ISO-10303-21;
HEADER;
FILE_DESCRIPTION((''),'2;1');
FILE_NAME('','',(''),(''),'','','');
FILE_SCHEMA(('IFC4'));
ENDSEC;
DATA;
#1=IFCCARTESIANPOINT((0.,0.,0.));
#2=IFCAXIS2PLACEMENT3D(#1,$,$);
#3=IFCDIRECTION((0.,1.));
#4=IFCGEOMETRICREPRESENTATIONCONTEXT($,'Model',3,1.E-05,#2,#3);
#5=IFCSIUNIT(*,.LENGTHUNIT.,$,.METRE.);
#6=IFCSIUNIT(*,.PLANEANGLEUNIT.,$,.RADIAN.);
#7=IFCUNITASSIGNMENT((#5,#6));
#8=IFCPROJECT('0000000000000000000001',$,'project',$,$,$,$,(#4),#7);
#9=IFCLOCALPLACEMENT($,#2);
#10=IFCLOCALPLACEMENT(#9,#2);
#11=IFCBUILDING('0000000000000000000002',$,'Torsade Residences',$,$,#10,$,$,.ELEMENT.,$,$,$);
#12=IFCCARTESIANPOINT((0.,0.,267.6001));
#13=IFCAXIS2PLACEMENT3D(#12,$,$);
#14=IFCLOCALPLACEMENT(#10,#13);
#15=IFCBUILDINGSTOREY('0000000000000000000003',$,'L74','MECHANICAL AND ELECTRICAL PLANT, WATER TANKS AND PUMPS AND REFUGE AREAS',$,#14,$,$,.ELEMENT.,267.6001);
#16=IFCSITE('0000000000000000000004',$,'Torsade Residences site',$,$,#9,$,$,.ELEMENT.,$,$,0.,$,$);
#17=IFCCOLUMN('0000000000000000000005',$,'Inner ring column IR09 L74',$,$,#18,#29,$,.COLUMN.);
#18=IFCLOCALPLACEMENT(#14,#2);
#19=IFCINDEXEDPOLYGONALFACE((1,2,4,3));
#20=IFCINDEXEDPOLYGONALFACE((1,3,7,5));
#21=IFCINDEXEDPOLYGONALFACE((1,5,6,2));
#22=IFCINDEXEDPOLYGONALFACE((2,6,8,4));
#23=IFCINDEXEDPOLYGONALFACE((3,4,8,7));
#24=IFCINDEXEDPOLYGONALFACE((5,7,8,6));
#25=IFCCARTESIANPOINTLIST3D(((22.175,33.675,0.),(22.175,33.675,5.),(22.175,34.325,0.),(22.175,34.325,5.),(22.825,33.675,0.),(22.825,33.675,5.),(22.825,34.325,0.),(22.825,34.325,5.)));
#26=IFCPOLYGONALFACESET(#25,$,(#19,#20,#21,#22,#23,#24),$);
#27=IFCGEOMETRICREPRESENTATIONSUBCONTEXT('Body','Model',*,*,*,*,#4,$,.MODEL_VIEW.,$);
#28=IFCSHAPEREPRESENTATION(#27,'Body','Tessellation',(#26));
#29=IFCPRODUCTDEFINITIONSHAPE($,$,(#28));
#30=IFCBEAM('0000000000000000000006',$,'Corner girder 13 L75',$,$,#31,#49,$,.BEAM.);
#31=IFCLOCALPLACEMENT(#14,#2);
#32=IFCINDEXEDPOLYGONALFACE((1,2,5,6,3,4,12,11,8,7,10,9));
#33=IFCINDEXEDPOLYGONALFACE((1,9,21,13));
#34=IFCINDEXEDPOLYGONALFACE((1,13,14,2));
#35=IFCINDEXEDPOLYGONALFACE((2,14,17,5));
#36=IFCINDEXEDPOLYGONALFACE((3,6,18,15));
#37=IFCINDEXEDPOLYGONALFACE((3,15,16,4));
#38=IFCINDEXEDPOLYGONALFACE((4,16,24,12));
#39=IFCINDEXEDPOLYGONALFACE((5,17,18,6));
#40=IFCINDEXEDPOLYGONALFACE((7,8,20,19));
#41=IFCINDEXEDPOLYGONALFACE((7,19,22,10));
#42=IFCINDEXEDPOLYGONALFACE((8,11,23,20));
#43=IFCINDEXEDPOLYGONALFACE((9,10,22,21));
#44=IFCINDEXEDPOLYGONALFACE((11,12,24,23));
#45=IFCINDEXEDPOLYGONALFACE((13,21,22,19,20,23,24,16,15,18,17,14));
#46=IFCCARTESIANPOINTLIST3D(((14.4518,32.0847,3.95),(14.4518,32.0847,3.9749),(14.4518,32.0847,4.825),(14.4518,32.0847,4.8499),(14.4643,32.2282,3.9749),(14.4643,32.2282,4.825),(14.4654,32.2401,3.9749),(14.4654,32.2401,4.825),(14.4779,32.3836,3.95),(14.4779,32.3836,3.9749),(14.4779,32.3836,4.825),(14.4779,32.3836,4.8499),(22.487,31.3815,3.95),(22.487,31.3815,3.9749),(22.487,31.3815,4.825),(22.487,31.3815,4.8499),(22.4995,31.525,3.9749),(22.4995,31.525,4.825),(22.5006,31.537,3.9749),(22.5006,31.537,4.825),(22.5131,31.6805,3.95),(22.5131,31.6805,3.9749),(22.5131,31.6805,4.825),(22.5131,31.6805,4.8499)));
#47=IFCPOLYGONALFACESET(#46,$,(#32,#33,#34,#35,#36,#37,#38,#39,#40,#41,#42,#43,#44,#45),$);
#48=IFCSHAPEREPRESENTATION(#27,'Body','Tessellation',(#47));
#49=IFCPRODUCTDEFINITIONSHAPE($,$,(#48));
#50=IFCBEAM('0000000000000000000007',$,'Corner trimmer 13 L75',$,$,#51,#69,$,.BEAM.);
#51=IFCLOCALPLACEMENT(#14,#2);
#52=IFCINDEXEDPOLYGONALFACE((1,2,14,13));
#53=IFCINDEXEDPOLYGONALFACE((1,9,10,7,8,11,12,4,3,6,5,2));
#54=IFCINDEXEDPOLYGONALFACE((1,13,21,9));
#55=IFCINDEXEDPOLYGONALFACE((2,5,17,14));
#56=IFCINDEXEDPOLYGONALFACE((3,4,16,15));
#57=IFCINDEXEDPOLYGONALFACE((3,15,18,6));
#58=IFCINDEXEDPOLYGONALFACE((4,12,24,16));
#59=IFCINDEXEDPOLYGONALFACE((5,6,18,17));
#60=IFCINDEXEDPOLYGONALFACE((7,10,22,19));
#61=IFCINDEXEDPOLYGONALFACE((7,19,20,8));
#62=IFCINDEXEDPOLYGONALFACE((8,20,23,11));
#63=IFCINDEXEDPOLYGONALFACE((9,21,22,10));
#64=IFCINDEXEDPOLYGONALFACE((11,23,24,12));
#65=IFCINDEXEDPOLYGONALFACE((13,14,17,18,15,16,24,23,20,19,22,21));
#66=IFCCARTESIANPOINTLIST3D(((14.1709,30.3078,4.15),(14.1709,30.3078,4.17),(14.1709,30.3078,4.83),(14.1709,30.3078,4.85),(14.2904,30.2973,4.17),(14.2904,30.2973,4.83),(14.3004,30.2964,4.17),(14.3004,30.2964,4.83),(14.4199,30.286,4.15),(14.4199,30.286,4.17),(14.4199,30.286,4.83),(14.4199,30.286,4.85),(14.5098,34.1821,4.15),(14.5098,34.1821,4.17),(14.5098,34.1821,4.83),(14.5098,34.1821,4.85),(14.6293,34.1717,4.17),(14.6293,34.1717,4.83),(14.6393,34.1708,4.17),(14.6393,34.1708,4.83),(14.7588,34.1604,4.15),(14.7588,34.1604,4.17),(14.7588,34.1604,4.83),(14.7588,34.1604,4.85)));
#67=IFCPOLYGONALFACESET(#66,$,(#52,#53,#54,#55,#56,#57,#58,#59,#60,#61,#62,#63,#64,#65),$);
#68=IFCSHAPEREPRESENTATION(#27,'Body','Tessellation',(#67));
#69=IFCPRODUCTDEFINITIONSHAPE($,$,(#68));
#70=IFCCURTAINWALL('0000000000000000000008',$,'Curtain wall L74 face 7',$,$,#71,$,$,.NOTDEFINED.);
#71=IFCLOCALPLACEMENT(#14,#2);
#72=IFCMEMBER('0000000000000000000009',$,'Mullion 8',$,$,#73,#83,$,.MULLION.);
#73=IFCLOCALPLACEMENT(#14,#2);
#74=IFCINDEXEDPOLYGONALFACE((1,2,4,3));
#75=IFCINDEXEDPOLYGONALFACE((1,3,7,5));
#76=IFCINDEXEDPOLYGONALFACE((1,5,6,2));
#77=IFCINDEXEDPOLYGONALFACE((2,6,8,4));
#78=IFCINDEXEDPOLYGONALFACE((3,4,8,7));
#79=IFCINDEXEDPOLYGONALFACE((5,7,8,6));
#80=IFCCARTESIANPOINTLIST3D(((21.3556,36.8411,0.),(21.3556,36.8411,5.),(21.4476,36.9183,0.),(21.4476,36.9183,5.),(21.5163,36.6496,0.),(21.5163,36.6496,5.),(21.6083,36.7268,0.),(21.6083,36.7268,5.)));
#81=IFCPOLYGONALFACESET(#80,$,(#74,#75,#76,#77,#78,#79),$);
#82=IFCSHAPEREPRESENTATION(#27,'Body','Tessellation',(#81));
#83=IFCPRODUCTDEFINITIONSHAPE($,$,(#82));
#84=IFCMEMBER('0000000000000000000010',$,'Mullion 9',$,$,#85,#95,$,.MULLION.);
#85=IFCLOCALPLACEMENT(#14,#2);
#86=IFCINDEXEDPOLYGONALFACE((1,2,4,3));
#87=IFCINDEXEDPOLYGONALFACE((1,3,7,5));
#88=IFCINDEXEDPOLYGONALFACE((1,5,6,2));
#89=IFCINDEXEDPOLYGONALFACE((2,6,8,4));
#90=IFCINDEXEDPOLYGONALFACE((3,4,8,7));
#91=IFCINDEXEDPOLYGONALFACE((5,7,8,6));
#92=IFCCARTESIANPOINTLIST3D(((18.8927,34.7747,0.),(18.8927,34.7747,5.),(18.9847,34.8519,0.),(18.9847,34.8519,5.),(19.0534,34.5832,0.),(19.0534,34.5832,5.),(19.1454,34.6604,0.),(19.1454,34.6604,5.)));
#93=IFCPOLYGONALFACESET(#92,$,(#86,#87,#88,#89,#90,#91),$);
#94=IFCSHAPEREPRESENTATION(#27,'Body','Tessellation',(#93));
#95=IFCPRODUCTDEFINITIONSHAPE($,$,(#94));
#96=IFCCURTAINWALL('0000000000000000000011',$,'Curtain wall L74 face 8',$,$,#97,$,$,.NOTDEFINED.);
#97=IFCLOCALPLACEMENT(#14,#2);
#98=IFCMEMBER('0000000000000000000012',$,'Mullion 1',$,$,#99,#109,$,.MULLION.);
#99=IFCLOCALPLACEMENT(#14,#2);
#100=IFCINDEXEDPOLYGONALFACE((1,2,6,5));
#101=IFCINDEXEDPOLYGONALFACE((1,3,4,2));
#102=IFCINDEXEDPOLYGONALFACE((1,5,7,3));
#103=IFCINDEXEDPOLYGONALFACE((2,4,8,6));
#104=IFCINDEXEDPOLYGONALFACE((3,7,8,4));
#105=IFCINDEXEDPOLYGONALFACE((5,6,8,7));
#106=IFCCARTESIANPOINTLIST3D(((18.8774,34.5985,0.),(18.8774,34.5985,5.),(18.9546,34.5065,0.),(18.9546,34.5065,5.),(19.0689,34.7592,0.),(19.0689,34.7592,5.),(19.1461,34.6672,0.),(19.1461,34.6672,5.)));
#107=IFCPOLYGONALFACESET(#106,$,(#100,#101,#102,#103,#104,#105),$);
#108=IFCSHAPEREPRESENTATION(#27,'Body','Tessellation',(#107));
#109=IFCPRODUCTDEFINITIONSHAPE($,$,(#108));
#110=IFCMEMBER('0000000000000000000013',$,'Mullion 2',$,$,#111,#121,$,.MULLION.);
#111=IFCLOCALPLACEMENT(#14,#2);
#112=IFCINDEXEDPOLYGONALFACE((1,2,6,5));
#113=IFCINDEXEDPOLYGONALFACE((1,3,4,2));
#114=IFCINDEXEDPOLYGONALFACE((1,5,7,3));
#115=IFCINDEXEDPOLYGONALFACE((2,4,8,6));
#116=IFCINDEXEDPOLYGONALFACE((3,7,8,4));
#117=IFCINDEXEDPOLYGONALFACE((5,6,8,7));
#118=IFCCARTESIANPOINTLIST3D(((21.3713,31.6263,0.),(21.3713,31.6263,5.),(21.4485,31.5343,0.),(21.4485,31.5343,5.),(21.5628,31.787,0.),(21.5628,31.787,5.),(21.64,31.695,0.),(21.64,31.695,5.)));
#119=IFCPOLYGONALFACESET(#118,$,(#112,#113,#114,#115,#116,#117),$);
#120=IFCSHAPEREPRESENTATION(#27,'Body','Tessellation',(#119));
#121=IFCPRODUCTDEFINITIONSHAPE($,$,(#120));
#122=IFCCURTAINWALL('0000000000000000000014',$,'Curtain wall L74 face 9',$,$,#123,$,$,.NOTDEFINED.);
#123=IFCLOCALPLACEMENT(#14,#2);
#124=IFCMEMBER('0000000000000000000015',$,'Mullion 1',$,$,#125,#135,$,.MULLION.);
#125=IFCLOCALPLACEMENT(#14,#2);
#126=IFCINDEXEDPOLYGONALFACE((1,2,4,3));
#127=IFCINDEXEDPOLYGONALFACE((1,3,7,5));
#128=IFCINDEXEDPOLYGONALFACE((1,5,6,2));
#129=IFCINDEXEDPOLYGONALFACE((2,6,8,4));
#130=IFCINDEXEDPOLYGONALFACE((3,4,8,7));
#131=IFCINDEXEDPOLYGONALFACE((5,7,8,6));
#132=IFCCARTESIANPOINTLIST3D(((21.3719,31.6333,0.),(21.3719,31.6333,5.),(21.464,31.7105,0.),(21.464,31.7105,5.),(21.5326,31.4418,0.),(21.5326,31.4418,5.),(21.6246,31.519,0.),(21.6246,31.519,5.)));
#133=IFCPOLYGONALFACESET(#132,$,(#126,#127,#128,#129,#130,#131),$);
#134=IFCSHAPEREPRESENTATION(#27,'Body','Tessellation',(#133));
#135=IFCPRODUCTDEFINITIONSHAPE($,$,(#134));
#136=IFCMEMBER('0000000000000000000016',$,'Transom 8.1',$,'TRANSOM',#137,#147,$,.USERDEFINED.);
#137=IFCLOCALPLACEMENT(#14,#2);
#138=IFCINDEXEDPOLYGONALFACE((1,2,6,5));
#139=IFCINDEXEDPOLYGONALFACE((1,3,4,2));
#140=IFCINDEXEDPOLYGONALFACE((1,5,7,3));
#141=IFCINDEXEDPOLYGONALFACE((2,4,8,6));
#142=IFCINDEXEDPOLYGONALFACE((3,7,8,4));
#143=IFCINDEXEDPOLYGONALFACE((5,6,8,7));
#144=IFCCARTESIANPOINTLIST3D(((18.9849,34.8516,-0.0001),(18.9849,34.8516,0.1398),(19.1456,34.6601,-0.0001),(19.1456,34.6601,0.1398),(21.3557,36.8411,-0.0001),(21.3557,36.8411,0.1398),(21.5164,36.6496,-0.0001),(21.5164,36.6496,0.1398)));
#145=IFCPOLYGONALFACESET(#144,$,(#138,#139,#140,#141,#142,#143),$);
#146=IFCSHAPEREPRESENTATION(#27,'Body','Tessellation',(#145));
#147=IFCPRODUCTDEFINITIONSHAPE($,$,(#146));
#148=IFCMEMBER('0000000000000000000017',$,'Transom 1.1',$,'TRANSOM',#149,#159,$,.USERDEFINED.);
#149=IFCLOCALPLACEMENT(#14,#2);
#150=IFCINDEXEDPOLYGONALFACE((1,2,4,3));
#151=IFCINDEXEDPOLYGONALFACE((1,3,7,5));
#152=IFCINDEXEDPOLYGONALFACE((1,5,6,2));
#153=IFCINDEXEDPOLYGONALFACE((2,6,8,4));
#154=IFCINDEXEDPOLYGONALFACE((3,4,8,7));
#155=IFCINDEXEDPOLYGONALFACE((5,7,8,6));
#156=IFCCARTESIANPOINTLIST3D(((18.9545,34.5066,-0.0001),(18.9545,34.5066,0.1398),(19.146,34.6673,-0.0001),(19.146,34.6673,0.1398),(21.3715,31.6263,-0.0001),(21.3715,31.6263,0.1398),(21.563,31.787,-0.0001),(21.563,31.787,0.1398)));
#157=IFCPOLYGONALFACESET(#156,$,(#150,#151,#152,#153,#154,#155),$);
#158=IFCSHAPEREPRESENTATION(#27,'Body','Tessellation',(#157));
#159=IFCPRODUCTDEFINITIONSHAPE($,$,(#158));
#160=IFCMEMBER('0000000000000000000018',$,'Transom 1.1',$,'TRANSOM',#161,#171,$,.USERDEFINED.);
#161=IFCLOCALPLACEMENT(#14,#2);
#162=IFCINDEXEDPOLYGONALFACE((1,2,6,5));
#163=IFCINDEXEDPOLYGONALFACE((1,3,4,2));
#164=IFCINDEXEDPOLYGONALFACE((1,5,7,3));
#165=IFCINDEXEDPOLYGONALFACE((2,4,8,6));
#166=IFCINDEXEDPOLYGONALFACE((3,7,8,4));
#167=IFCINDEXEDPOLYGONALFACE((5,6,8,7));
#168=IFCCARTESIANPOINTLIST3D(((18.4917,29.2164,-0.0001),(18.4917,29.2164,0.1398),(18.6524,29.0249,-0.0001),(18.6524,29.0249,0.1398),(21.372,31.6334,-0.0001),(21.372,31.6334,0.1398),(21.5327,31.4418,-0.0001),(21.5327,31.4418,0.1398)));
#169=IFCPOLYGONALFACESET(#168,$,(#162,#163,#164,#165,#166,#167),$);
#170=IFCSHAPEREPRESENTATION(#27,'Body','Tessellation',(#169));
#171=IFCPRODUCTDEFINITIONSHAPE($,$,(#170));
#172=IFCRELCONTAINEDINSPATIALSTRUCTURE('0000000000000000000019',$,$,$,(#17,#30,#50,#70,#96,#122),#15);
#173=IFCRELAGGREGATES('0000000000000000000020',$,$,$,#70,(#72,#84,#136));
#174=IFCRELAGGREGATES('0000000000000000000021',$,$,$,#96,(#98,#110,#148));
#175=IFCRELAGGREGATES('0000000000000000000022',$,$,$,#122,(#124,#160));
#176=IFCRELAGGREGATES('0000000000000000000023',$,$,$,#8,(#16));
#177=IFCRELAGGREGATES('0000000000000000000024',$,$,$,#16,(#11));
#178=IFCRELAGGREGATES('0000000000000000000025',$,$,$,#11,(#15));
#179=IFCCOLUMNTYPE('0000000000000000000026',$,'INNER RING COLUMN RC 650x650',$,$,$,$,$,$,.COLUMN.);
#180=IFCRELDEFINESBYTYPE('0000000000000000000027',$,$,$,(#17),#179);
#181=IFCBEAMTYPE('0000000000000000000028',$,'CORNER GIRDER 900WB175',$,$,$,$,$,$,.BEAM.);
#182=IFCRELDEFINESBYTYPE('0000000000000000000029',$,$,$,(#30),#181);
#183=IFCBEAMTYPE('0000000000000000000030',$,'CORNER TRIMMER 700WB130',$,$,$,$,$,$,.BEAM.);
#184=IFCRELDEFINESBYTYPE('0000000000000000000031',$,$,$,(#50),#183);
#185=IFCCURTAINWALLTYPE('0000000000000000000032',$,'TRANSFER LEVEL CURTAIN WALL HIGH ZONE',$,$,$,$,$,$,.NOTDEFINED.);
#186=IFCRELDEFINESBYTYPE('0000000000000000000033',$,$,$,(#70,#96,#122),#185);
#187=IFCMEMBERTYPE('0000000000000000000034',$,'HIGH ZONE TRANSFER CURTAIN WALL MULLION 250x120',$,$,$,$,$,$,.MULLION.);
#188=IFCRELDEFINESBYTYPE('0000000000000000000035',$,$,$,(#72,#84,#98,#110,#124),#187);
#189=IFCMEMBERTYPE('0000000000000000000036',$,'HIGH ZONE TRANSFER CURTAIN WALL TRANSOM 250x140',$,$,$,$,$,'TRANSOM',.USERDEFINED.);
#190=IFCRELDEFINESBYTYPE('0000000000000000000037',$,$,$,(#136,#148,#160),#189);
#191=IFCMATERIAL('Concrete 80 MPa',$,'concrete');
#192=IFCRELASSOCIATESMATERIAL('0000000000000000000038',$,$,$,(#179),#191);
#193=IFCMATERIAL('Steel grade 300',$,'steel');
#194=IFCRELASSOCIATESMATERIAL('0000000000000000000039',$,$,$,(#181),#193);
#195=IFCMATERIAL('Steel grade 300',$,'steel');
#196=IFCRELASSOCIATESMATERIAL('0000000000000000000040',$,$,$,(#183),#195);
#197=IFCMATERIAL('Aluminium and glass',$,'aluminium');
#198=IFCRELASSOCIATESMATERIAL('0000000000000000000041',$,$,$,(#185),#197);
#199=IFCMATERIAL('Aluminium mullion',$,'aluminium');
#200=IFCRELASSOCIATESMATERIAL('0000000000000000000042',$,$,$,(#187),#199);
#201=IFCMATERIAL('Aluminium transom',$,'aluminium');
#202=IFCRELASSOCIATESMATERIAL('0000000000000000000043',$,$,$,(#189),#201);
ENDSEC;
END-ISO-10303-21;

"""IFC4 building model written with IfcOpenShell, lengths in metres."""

from ifc_helpers import new_model, si_unit, direction, frame, origin, origin_2d, place, context, subcontext, project, spatial, rectangle, i_section, extrude, material, material_profile, profile_set, type_object, element, aggregate, save


model = new_model("IFC4")

# Units and contexts
model_context = context("Model", 3, precision=1e-05, world=origin(), true_north=direction((0.0, 1.0)))
body_context = subcontext(model_context, "Body", "Model", "MODEL_VIEW")
ifc_project = project(units=[si_unit("LENGTHUNIT", "METRE"), si_unit("PLANEANGLEUNIT", "RADIAN")], contexts=[model_context])

# Site, building, storey
site_placement = place(None, origin())
site = spatial("IfcSite", under=ifc_project, at=site_placement, Name="Torsade Residences site", CompositionType="ELEMENT", RefElevation=0.0)
building_placement = place(site_placement, origin())
building = spatial("IfcBuilding", under=site, at=building_placement, Name="Torsade Residences", CompositionType="ELEMENT")
storey_placement = place(building_placement, frame((0.0, 0.0, 267.6001)))
storey = spatial("IfcBuildingStorey", under=building, at=storey_placement, Name="L74", Description="MECHANICAL AND ELECTRICAL PLANT, WATER TANKS AND PUMPS AND REFUGE AREAS", CompositionType="ELEMENT", Elevation=267.6001)

# Column
ifc_material_1 = material(Name="Concrete 80 MPa", Category="concrete")
ifc_material_profile_1 = material_profile(ifc_material_1, rectangle(XDim=0.6499, YDim=0.6499, at=origin_2d()), Name="RC 650x650")
ifc_profile_set_1 = profile_set([ifc_material_profile_1], Name="Concrete 80 MPa")
column_type = type_object("IfcColumnType", Name="INNER RING COLUMN RC 650x650", PredefinedType="COLUMN", material=ifc_profile_set_1)
column_placement = place(storey_placement, frame((22.5, 34.0, 0.0), z_axis=(0.0, 0.0, 1.0), x_axis=(1.0, 0.0, 0.0)))
element("IfcColumn", 1, at=column_placement, inside=storey, type_object=column_type, Name="Inner ring column IR09 L74", PredefinedType="COLUMN", context=body_context, shape_type="SweptSolid", body=[
    extrude(rectangle(XDim=0.6499, YDim=0.6499, at=origin_2d()), origin(), (0.0, 0.0, 1.0), 5.0),
])

# Beams
ifc_material_2 = material(Name="Steel grade 300", Category="steel")
ifc_material_profile_2 = material_profile(ifc_material_2, i_section(OverallWidth=0.3, OverallDepth=0.8999, WebThickness=0.012, FlangeThickness=0.0249, at=origin_2d()), Name="900WB175")
ifc_profile_set_2 = profile_set([ifc_material_profile_2], Name="Steel grade 300")
beam_type_1 = type_object("IfcBeamType", Name="CORNER GIRDER 900WB175", PredefinedType="BEAM", material=ifc_profile_set_2)
beam_1_placement = place(storey_placement, frame((14.4648, 32.2341, 4.3999), z_axis=(0.996193, -0.087173, 0.0), x_axis=(0.087173, 0.996193, 0.0)))
element("IfcBeam", 2, at=beam_1_placement, inside=storey, type_object=beam_type_1, Name="Corner girder 13 L75", PredefinedType="BEAM", context=body_context, shape_type="SweptSolid", body=[
    extrude(i_section(OverallWidth=0.3, OverallDepth=0.8999, WebThickness=0.012, FlangeThickness=0.0249, at=origin_2d()), origin(), (0.0, 0.0, 1.0), 8.0659),
])
ifc_material_3 = material(Name="Steel grade 300", Category="steel")
ifc_material_profile_3 = material_profile(ifc_material_3, i_section(OverallWidth=0.25, OverallDepth=0.7, WebThickness=0.01, FlangeThickness=0.02, at=origin_2d()), Name="700WB130")
ifc_profile_set_3 = profile_set([ifc_material_profile_3], Name="Steel grade 300")
beam_type_2 = type_object("IfcBeamType", Name="CORNER TRIMMER 700WB130", PredefinedType="BEAM", material=ifc_profile_set_3)
beam_2_placement = place(storey_placement, frame((14.2954, 30.2969, 4.5), z_axis=(0.087133, 0.996197, 0.0), x_axis=(-0.996197, 0.087133, 0.0)))
element("IfcBeam", 3, at=beam_2_placement, inside=storey, type_object=beam_type_2, Name="Corner trimmer 13 L75", PredefinedType="BEAM", context=body_context, shape_type="SweptSolid", body=[
    extrude(i_section(OverallWidth=0.25, OverallDepth=0.7, WebThickness=0.01, FlangeThickness=0.02, at=origin_2d()), origin(), (0.0, 0.0, 1.0), 3.8892),
])

# Curtain walls, members
ifc_material_4 = material(Name="Aluminium and glass", Category="aluminium")
curtain_wall_type = type_object("IfcCurtainWallType", Name="TRANSFER LEVEL CURTAIN WALL HIGH ZONE", PredefinedType="NOTDEFINED", material=ifc_material_4)
curtain_wall_1_placement = place(storey_placement, origin())
curtain_wall_1 = element("IfcCurtainWall", 4, at=curtain_wall_1_placement, inside=storey, type_object=curtain_wall_type, Name="Curtain wall L74 face 7", PredefinedType="NOTDEFINED")
ifc_material_5 = material(Name="Aluminium mullion", Category="aluminium")
ifc_material_profile_4 = material_profile(ifc_material_5, rectangle(XDim=0.25, YDim=0.1201, at=origin_2d()), Name="HIGH ZONE TRANSFER CURTAIN WALL MULLION 250x120")
ifc_profile_set_4 = profile_set([ifc_material_profile_4], Name="Aluminium mullion")
member_type_1 = type_object("IfcMemberType", Name="HIGH ZONE TRANSFER CURTAIN WALL MULLION 250x120", PredefinedType="MULLION", material=ifc_profile_set_4)
member_1_placement = place(storey_placement, frame((21.4819, 36.7839, 0.0), z_axis=(0.0, 0.0, 1.0), x_axis=(0.642788, -0.766044, 0.0)))
member_1 = element("IfcMember", 5, at=member_1_placement, type_object=member_type_1, Name="Mullion 8", PredefinedType="MULLION", context=body_context, shape_type="SweptSolid", body=[
    extrude(rectangle(XDim=0.25, YDim=0.1201, at=origin_2d()), origin(), (0.0, 0.0, 1.0), 5.0),
])
member_2_placement = place(storey_placement, frame((19.019, 34.7175, 0.0), z_axis=(0.0, 0.0, 1.0), x_axis=(0.642788, -0.766044, 0.0)))
member_2 = element("IfcMember", 6, at=member_2_placement, type_object=member_type_1, Name="Mullion 9", PredefinedType="MULLION", context=body_context, shape_type="SweptSolid", body=[
    extrude(rectangle(XDim=0.25, YDim=0.1201, at=origin_2d()), origin(), (0.0, 0.0, 1.0), 5.0),
])
curtain_wall_2_placement = place(storey_placement, origin())
curtain_wall_2 = element("IfcCurtainWall", 7, at=curtain_wall_2_placement, inside=storey, type_object=curtain_wall_type, Name="Curtain wall L74 face 8", PredefinedType="NOTDEFINED")
member_3_placement = place(storey_placement, frame((19.0117, 34.6328, 0.0), z_axis=(0.0, 0.0, 1.0), x_axis=(0.766044, 0.642788, 0.0)))
member_3 = element("IfcMember", 8, at=member_3_placement, type_object=member_type_1, Name="Mullion 1", PredefinedType="MULLION", context=body_context, shape_type="SweptSolid", body=[
    extrude(rectangle(XDim=0.25, YDim=0.1201, at=origin_2d()), origin(), (0.0, 0.0, 1.0), 5.0),
])
member_4_placement = place(storey_placement, frame((21.5056, 31.6606, 0.0), z_axis=(0.0, 0.0, 1.0), x_axis=(0.766044, 0.642788, 0.0)))
member_4 = element("IfcMember", 9, at=member_4_placement, type_object=member_type_1, Name="Mullion 2", PredefinedType="MULLION", context=body_context, shape_type="SweptSolid", body=[
    extrude(rectangle(XDim=0.25, YDim=0.1201, at=origin_2d()), origin(), (0.0, 0.0, 1.0), 5.0),
])

# Curtain wall, member
curtain_wall_3_placement = place(storey_placement, origin())
curtain_wall_3 = element("IfcCurtainWall", 10, at=curtain_wall_3_placement, inside=storey, type_object=curtain_wall_type, Name="Curtain wall L74 face 9", PredefinedType="NOTDEFINED")
member_5_placement = place(storey_placement, frame((21.4983, 31.5762, 0.0), z_axis=(0.0, 0.0, 1.0), x_axis=(0.642788, -0.766044, 0.0)))
member_5 = element("IfcMember", 11, at=member_5_placement, type_object=member_type_1, Name="Mullion 1", PredefinedType="MULLION", context=body_context, shape_type="SweptSolid", body=[
    extrude(rectangle(XDim=0.25, YDim=0.1201, at=origin_2d()), origin(), (0.0, 0.0, 1.0), 5.0),
])

# Members
ifc_material_6 = material(Name="Aluminium transom", Category="aluminium")
ifc_material_profile_5 = material_profile(ifc_material_6, rectangle(XDim=0.25, YDim=0.1399, at=origin_2d()), Name="HIGH ZONE TRANSFER CURTAIN WALL TRANSOM 250x140")
ifc_profile_set_5 = profile_set([ifc_material_profile_5], Name="Aluminium transom")
member_type_2 = type_object("IfcMemberType", Name="HIGH ZONE TRANSFER CURTAIN WALL TRANSOM 250x140", ElementType="TRANSOM", PredefinedType="USERDEFINED", material=ifc_profile_set_5)
member_6_placement = place(storey_placement, frame((21.436, 36.7454, 0.0698), z_axis=(-0.766025, -0.642811, 0.0), x_axis=(0.642811, -0.766025, 0.0)))
member_6 = element("IfcMember", 12, at=member_6_placement, type_object=member_type_2, Name="Transom 8.1", ObjectType="TRANSOM", PredefinedType="USERDEFINED", context=body_context, shape_type="SweptSolid", body=[
    extrude(rectangle(XDim=0.25, YDim=0.1399, at=origin_2d()), origin(), (0.0, 0.0, 1.0), 3.095),
])
member_7_placement = place(storey_placement, frame((19.0503, 34.5869, 0.0698), z_axis=(0.642799, -0.766035, 0.0), x_axis=(0.766035, 0.642799, 0.0)))
member_7 = element("IfcMember", 13, at=member_7_placement, type_object=member_type_2, Name="Transom 1.1", ObjectType="TRANSOM", PredefinedType="USERDEFINED", context=body_context, shape_type="SweptSolid", body=[
    extrude(rectangle(XDim=0.25, YDim=0.1399, at=origin_2d()), origin(), (0.0, 0.0, 1.0), 3.76),
])
member_8_placement = place(storey_placement, frame((21.4524, 31.5376, 0.0698), z_axis=(-0.766035, -0.642799, 0.0), x_axis=(0.642799, -0.766035, 0.0)))
member_8 = element("IfcMember", 14, at=member_8_placement, type_object=member_type_2, Name="Transom 1.1", ObjectType="TRANSOM", PredefinedType="USERDEFINED", context=body_context, shape_type="SweptSolid", body=[
    extrude(rectangle(XDim=0.25, YDim=0.1399, at=origin_2d()), origin(), (0.0, 0.0, 1.0), 3.76),
])

aggregate(curtain_wall_1, [member_1, member_2, member_6])
aggregate(curtain_wall_2, [member_3, member_4, member_7])
aggregate(curtain_wall_3, [member_5, member_8])

save(model, "model.ifc")
